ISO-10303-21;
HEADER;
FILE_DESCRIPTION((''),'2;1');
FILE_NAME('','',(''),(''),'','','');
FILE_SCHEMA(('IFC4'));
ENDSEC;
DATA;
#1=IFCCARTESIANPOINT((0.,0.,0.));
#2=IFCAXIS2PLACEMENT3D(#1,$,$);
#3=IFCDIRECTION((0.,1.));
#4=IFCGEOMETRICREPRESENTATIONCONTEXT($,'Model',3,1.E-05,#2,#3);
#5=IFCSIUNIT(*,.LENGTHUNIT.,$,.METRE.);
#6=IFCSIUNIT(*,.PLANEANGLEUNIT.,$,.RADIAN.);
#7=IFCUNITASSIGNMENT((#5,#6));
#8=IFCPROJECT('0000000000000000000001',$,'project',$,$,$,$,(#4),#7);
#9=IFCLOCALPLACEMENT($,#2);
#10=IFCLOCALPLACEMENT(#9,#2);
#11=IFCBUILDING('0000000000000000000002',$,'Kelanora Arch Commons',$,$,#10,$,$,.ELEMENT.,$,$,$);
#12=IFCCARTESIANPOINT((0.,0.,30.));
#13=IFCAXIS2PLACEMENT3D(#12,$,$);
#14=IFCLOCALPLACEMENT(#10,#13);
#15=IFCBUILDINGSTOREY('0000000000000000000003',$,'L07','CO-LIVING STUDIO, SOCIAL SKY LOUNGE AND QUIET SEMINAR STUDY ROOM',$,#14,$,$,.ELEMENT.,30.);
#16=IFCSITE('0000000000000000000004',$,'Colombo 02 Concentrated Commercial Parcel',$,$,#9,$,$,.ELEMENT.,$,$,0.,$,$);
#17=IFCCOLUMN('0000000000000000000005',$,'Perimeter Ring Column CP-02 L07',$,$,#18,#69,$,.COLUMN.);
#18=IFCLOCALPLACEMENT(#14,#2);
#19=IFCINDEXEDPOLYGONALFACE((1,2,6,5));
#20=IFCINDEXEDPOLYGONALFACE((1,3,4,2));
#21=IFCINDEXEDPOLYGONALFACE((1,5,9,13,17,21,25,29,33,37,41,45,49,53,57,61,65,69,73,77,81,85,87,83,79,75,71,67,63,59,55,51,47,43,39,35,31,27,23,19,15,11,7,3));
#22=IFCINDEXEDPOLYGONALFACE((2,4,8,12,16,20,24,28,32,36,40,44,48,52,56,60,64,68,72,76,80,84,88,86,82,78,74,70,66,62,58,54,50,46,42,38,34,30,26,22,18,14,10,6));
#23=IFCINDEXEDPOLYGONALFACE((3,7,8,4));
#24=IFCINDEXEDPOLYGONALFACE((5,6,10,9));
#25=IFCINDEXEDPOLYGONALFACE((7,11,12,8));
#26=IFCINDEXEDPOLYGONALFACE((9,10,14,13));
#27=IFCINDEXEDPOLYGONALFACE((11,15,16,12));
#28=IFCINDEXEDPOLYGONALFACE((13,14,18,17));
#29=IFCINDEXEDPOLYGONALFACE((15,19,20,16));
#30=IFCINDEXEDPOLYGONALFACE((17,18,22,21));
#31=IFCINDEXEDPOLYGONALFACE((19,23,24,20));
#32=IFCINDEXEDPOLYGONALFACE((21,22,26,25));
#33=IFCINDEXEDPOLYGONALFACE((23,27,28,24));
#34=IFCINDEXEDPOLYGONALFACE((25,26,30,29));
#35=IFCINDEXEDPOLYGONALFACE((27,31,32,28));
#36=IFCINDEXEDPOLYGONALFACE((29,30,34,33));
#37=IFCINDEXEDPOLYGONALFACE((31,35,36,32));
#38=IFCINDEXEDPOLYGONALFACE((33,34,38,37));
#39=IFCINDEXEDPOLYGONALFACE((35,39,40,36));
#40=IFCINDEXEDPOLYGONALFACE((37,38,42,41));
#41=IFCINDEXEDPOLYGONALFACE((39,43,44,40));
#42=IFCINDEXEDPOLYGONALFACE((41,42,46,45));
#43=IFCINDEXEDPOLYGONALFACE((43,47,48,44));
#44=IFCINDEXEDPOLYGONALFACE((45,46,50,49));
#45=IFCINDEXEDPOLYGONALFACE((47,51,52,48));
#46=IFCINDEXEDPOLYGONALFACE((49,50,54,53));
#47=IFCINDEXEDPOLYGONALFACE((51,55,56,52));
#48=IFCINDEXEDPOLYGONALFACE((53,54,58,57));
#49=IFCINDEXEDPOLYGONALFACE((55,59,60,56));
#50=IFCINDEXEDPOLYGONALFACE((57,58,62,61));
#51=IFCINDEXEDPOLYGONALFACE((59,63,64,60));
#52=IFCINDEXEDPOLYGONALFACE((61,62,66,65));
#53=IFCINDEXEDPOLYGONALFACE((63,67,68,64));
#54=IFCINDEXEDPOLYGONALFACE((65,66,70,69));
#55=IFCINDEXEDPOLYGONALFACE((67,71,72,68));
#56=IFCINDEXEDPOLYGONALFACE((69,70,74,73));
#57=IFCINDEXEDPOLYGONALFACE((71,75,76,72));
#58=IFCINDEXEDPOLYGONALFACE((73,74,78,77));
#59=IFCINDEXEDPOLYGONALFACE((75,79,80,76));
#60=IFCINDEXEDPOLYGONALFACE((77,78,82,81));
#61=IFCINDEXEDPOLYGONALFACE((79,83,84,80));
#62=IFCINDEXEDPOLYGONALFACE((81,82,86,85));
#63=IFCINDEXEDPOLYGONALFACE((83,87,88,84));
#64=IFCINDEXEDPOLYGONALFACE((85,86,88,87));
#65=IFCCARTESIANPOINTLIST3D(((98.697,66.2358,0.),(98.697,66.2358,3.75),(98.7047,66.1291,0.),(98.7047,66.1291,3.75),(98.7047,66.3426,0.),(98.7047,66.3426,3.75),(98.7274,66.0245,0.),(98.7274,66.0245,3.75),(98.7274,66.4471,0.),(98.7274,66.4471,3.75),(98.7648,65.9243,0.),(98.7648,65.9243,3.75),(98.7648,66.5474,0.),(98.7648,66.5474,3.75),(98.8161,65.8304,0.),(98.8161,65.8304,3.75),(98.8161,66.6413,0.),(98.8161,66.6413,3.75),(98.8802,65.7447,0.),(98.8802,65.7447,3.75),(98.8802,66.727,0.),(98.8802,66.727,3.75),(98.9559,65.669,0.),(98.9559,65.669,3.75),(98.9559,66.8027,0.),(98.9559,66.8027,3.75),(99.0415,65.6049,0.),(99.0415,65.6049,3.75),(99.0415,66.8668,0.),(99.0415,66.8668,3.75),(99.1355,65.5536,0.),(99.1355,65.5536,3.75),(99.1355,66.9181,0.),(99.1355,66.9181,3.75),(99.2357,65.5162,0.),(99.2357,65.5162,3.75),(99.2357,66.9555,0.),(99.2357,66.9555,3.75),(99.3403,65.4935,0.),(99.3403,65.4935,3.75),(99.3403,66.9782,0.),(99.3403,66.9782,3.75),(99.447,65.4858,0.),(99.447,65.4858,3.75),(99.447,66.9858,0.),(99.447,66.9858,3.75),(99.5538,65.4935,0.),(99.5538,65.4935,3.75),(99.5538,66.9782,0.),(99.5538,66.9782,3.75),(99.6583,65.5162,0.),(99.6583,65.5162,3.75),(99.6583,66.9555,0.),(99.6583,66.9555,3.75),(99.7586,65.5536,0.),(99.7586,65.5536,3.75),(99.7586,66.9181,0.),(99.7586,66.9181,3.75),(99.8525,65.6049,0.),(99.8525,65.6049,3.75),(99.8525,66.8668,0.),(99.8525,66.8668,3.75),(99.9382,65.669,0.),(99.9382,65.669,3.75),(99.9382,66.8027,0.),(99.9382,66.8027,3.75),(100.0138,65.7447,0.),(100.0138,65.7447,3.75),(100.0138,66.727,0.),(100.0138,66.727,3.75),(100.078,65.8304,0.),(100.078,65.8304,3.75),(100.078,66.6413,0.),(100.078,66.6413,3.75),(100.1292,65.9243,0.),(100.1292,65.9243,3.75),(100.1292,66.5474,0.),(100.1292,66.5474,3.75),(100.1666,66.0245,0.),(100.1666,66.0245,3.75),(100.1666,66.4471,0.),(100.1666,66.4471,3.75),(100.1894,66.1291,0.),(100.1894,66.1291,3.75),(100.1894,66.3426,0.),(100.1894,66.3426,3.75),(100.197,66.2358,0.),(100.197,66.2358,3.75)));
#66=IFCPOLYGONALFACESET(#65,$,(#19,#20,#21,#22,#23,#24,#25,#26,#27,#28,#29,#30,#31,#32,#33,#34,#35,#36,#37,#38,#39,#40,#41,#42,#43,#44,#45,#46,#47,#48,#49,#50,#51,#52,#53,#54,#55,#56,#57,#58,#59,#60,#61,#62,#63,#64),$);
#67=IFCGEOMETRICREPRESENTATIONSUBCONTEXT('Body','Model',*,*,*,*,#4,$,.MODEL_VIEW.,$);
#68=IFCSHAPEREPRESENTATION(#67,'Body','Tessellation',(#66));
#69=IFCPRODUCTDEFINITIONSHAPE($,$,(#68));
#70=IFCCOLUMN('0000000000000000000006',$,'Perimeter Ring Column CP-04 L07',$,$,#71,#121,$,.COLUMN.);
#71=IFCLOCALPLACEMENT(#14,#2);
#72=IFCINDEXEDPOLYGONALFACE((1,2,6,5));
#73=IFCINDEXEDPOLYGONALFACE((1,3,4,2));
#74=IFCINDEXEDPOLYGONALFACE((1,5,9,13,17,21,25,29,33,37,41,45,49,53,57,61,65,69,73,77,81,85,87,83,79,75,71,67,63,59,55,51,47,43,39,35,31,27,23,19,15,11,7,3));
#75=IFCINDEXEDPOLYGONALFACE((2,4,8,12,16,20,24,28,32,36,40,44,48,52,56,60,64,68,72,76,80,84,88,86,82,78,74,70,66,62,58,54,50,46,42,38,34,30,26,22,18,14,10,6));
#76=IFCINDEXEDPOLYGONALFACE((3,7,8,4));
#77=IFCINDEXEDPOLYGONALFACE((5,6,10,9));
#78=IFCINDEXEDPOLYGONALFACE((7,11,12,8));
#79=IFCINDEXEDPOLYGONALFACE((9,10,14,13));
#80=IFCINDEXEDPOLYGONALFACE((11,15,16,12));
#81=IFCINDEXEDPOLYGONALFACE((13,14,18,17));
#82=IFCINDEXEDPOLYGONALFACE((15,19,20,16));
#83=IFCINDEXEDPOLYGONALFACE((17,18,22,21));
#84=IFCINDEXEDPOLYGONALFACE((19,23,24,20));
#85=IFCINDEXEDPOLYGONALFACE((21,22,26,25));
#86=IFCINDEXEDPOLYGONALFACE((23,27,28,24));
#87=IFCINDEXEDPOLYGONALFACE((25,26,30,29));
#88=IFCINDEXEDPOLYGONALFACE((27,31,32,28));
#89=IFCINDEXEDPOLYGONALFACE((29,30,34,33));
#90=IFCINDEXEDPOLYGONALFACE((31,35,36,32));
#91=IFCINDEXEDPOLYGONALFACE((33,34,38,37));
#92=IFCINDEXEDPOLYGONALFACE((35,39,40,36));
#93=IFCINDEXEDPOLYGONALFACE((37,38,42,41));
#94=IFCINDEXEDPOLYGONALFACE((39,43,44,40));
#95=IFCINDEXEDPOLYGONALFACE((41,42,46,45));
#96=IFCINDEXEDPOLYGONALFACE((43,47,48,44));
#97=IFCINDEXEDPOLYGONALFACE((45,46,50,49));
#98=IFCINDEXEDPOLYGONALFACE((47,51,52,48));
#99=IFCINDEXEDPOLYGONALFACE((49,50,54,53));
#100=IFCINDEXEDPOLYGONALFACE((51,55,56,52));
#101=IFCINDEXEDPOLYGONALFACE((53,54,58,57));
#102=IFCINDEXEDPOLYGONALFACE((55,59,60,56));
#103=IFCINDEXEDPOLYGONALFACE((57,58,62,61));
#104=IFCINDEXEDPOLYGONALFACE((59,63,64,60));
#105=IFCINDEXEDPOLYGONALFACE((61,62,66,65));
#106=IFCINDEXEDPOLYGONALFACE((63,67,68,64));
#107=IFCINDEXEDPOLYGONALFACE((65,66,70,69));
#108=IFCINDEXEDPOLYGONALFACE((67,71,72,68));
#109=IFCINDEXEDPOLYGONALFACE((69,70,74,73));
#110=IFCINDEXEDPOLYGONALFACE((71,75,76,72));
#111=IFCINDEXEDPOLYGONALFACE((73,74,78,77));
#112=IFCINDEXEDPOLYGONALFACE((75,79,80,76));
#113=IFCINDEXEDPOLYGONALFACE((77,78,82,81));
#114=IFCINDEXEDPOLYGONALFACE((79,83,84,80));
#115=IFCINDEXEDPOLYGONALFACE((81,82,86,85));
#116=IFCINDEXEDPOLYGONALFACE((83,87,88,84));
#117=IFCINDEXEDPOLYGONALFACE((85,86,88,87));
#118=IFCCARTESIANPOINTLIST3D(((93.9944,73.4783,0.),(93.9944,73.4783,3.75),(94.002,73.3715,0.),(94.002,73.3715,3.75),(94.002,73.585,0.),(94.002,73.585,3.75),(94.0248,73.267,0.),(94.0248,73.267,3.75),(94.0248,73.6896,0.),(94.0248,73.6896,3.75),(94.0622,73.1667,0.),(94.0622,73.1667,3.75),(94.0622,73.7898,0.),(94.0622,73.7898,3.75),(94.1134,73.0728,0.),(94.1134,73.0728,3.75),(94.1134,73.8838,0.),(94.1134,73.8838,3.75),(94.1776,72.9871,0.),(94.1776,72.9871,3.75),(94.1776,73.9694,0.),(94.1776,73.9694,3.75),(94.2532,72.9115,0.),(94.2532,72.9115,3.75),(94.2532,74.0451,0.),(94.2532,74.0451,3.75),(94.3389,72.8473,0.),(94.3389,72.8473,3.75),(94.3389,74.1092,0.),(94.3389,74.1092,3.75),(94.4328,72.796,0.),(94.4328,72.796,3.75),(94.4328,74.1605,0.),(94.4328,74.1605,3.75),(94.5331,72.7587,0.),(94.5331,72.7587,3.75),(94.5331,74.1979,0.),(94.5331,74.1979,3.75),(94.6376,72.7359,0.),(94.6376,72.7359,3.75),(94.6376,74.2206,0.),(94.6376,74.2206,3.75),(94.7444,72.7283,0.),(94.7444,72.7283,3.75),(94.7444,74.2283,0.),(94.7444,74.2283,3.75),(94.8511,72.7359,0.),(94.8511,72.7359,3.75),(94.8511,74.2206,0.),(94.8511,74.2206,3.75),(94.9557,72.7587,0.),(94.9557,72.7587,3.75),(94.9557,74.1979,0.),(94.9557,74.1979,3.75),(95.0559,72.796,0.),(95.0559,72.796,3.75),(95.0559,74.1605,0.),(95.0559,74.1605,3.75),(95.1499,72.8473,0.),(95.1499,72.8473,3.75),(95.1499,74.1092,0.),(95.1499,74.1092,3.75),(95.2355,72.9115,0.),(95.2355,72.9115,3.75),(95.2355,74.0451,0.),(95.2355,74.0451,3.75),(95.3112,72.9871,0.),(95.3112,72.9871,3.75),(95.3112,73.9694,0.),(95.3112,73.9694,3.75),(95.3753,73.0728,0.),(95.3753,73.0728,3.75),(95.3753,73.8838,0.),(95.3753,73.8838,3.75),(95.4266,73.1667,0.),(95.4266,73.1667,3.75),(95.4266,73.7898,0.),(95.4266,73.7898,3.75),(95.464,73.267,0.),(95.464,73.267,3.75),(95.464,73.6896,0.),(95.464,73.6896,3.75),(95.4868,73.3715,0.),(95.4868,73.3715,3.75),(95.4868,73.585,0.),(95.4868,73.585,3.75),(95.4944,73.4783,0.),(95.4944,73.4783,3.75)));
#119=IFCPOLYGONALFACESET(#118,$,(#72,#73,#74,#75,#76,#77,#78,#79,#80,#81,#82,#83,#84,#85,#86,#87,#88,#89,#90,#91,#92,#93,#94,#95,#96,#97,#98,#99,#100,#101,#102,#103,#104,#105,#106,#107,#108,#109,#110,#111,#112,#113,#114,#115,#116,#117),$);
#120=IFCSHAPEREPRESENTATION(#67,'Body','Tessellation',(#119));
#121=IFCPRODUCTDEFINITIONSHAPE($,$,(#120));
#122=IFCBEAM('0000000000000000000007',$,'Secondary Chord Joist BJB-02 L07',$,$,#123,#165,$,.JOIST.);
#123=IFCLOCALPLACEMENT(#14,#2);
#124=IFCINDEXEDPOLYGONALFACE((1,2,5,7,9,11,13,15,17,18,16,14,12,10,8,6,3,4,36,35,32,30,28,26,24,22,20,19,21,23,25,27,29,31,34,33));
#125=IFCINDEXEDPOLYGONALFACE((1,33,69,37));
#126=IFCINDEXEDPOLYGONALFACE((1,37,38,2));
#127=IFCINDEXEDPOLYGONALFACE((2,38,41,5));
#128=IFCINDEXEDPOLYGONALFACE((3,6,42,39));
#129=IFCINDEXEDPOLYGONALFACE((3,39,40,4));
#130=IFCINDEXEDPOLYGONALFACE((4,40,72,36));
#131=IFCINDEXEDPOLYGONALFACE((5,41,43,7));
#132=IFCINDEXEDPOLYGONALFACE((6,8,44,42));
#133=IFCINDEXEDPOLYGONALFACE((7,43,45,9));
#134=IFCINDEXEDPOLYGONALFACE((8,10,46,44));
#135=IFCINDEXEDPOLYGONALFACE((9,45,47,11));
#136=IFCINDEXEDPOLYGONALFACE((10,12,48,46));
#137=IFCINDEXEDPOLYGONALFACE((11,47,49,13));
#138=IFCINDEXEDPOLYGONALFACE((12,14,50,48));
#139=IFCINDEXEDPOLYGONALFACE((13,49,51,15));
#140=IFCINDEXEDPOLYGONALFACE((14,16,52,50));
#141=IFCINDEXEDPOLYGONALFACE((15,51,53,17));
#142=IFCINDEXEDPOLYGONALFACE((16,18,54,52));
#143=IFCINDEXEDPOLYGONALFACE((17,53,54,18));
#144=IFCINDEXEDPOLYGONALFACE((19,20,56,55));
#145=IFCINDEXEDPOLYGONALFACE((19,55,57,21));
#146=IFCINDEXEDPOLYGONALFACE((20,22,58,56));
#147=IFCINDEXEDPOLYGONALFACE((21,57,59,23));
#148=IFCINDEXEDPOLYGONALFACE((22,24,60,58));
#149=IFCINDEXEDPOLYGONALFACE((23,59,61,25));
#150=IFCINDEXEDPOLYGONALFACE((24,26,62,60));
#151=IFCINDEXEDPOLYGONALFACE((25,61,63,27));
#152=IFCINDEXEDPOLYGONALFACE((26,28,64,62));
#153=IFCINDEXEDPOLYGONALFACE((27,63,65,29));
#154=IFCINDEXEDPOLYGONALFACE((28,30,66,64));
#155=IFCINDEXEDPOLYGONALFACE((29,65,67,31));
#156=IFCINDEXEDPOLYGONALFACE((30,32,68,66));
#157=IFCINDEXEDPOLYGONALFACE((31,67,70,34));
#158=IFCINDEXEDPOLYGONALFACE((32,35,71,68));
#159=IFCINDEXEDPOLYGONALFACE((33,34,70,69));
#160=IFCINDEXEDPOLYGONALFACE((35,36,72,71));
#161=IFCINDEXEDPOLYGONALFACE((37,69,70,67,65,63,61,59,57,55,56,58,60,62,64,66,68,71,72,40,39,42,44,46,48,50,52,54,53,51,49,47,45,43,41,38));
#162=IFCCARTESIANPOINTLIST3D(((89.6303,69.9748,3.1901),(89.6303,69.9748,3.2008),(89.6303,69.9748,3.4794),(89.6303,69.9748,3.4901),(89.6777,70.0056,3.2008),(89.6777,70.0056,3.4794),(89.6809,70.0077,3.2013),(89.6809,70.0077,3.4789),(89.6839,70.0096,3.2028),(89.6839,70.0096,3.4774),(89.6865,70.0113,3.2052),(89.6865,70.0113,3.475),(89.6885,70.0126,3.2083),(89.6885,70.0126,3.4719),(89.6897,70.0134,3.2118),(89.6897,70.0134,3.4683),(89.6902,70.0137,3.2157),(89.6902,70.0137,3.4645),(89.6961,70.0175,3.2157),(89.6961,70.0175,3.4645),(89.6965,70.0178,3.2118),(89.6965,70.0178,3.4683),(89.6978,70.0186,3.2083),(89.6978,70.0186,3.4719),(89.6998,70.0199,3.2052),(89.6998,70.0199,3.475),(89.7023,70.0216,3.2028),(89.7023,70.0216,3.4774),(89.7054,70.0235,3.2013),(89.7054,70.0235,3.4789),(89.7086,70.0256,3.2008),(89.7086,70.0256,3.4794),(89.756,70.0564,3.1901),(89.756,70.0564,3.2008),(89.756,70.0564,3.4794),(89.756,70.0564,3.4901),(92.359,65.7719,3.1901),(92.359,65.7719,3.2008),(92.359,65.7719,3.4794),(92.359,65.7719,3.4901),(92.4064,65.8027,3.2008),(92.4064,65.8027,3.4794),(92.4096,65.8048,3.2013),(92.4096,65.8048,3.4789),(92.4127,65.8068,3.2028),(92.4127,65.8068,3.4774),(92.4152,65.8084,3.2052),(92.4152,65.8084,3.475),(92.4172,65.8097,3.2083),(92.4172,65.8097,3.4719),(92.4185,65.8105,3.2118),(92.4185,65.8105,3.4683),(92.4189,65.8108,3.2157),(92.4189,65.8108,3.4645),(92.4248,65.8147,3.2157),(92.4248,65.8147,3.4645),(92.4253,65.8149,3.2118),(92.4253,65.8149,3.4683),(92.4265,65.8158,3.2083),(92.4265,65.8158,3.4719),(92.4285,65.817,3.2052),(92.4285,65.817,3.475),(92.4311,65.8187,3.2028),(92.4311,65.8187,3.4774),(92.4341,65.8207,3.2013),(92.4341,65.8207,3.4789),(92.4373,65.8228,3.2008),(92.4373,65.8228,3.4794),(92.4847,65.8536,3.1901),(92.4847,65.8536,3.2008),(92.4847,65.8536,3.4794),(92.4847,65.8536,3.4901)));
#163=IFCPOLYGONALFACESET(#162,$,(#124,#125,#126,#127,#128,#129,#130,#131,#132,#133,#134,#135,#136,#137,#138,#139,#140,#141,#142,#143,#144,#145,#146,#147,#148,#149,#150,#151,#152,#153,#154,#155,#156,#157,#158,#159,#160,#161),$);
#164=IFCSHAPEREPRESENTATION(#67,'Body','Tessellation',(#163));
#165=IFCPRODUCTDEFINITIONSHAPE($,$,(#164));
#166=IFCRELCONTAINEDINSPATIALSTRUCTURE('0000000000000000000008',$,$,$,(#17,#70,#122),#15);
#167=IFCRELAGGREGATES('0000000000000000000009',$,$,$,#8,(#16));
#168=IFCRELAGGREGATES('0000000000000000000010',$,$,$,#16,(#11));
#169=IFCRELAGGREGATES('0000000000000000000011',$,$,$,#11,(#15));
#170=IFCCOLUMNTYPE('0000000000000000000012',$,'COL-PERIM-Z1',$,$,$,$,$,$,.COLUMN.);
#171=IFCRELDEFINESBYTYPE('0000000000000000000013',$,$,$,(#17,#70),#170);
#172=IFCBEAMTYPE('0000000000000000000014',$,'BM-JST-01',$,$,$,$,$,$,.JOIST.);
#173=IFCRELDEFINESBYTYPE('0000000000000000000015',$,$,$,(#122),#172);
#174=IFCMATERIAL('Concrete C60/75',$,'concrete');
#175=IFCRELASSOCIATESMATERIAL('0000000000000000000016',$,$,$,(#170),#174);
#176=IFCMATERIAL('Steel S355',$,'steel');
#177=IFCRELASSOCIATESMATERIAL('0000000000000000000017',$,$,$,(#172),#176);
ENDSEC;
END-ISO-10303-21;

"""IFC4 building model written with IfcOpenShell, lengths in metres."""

from ifc_helpers import new_model, si_unit, direction, frame, origin, origin_2d, place, context, subcontext, project, spatial, circle, i_section, extrude, material, material_profile, profile_set, type_object, element, save


model = new_model("IFC4")

# Units and contexts
model_context = context("Model", 3, precision=1e-05, world=origin(), true_north=direction((0.0, 1.0)))
body_context = subcontext(model_context, "Body", "Model", "MODEL_VIEW")
ifc_project = project(units=[si_unit("LENGTHUNIT", "METRE"), si_unit("PLANEANGLEUNIT", "RADIAN")], contexts=[model_context])

# Site, building, storey
site_placement = place(None, origin())
site = spatial("IfcSite", under=ifc_project, at=site_placement, Name="Colombo 02 Concentrated Commercial Parcel", CompositionType="ELEMENT", RefElevation=0.0)
building_placement = place(site_placement, origin())
building = spatial("IfcBuilding", under=site, at=building_placement, Name="Kelanora Arch Commons", CompositionType="ELEMENT")
storey_placement = place(building_placement, frame((0.0, 0.0, 30.0)))
storey = spatial("IfcBuildingStorey", under=building, at=storey_placement, Name="L07", Description="CO-LIVING STUDIO, SOCIAL SKY LOUNGE AND QUIET SEMINAR STUDY ROOM", CompositionType="ELEMENT", Elevation=30.0)

# Columns
ifc_material_1 = material(Name="Concrete C60/75", Category="concrete")
ifc_material_profile_1 = material_profile(ifc_material_1, circle(Radius=0.75, at=origin_2d()), Name="RCC1500")
ifc_profile_set_1 = profile_set([ifc_material_profile_1], Name="Concrete C60/75")
column_type = type_object("IfcColumnType", Name="COL-PERIM-Z1", PredefinedType="COLUMN", material=ifc_profile_set_1)
for number, where, z_axis, x_axis, name in (
    (1, (99.447, 66.2358, 0.0), (0.0, 0.0, 1.0), (1.0, 0.0, 0.0), "Perimeter Ring Column CP-02 L07"),
    (2, (94.7444, 73.4783, 0.0), (0.0, 0.0, 1.0), (1.0, 0.0, 0.0), "Perimeter Ring Column CP-04 L07"),
):
    element("IfcColumn", number, at=place(storey_placement, frame(where, z_axis=z_axis, x_axis=x_axis)), inside=storey, type_object=column_type, Name=name, PredefinedType="COLUMN", context=body_context, shape_type="SweptSolid", body=[
        extrude(circle(Radius=0.75, at=origin_2d()), origin(), (0.0, 0.0, 1.0), 3.75),
    ])

# Beam
ifc_material_2 = material(Name="Steel S355", Category="steel")
ifc_material_profile_2 = material_profile(ifc_material_2, i_section(OverallWidth=0.1499, OverallDepth=0.3, WebThickness=0.0071, FlangeThickness=0.0107, FilletRadius=0.0149, at=origin_2d()), Name="IPE300")
ifc_profile_set_2 = profile_set([ifc_material_profile_2], Name="Steel S355")
beam_type_1 = type_object("IfcBeamType", Name="BM-JST-01", PredefinedType="JOIST", material=ifc_profile_set_2)
beam_1_placement = place(storey_placement, frame((92.4219, 65.8127, 3.3401), z_axis=(-0.544552, 0.838727, 0.0), x_axis=(-0.838727, -0.544552, 0.0)))
element("IfcBeam", 3, at=beam_1_placement, inside=storey, type_object=beam_type_1, Name="Secondary Chord Joist BJB-02 L07", PredefinedType="JOIST", context=body_context, shape_type="SweptSolid", body=[
    extrude(i_section(OverallWidth=0.1499, OverallDepth=0.3, WebThickness=0.0071, FlangeThickness=0.0107, FilletRadius=0.0149, at=origin_2d()), origin(), (0.0, 0.0, 1.0), 5.011),
])

save(model, "model.ifc")
